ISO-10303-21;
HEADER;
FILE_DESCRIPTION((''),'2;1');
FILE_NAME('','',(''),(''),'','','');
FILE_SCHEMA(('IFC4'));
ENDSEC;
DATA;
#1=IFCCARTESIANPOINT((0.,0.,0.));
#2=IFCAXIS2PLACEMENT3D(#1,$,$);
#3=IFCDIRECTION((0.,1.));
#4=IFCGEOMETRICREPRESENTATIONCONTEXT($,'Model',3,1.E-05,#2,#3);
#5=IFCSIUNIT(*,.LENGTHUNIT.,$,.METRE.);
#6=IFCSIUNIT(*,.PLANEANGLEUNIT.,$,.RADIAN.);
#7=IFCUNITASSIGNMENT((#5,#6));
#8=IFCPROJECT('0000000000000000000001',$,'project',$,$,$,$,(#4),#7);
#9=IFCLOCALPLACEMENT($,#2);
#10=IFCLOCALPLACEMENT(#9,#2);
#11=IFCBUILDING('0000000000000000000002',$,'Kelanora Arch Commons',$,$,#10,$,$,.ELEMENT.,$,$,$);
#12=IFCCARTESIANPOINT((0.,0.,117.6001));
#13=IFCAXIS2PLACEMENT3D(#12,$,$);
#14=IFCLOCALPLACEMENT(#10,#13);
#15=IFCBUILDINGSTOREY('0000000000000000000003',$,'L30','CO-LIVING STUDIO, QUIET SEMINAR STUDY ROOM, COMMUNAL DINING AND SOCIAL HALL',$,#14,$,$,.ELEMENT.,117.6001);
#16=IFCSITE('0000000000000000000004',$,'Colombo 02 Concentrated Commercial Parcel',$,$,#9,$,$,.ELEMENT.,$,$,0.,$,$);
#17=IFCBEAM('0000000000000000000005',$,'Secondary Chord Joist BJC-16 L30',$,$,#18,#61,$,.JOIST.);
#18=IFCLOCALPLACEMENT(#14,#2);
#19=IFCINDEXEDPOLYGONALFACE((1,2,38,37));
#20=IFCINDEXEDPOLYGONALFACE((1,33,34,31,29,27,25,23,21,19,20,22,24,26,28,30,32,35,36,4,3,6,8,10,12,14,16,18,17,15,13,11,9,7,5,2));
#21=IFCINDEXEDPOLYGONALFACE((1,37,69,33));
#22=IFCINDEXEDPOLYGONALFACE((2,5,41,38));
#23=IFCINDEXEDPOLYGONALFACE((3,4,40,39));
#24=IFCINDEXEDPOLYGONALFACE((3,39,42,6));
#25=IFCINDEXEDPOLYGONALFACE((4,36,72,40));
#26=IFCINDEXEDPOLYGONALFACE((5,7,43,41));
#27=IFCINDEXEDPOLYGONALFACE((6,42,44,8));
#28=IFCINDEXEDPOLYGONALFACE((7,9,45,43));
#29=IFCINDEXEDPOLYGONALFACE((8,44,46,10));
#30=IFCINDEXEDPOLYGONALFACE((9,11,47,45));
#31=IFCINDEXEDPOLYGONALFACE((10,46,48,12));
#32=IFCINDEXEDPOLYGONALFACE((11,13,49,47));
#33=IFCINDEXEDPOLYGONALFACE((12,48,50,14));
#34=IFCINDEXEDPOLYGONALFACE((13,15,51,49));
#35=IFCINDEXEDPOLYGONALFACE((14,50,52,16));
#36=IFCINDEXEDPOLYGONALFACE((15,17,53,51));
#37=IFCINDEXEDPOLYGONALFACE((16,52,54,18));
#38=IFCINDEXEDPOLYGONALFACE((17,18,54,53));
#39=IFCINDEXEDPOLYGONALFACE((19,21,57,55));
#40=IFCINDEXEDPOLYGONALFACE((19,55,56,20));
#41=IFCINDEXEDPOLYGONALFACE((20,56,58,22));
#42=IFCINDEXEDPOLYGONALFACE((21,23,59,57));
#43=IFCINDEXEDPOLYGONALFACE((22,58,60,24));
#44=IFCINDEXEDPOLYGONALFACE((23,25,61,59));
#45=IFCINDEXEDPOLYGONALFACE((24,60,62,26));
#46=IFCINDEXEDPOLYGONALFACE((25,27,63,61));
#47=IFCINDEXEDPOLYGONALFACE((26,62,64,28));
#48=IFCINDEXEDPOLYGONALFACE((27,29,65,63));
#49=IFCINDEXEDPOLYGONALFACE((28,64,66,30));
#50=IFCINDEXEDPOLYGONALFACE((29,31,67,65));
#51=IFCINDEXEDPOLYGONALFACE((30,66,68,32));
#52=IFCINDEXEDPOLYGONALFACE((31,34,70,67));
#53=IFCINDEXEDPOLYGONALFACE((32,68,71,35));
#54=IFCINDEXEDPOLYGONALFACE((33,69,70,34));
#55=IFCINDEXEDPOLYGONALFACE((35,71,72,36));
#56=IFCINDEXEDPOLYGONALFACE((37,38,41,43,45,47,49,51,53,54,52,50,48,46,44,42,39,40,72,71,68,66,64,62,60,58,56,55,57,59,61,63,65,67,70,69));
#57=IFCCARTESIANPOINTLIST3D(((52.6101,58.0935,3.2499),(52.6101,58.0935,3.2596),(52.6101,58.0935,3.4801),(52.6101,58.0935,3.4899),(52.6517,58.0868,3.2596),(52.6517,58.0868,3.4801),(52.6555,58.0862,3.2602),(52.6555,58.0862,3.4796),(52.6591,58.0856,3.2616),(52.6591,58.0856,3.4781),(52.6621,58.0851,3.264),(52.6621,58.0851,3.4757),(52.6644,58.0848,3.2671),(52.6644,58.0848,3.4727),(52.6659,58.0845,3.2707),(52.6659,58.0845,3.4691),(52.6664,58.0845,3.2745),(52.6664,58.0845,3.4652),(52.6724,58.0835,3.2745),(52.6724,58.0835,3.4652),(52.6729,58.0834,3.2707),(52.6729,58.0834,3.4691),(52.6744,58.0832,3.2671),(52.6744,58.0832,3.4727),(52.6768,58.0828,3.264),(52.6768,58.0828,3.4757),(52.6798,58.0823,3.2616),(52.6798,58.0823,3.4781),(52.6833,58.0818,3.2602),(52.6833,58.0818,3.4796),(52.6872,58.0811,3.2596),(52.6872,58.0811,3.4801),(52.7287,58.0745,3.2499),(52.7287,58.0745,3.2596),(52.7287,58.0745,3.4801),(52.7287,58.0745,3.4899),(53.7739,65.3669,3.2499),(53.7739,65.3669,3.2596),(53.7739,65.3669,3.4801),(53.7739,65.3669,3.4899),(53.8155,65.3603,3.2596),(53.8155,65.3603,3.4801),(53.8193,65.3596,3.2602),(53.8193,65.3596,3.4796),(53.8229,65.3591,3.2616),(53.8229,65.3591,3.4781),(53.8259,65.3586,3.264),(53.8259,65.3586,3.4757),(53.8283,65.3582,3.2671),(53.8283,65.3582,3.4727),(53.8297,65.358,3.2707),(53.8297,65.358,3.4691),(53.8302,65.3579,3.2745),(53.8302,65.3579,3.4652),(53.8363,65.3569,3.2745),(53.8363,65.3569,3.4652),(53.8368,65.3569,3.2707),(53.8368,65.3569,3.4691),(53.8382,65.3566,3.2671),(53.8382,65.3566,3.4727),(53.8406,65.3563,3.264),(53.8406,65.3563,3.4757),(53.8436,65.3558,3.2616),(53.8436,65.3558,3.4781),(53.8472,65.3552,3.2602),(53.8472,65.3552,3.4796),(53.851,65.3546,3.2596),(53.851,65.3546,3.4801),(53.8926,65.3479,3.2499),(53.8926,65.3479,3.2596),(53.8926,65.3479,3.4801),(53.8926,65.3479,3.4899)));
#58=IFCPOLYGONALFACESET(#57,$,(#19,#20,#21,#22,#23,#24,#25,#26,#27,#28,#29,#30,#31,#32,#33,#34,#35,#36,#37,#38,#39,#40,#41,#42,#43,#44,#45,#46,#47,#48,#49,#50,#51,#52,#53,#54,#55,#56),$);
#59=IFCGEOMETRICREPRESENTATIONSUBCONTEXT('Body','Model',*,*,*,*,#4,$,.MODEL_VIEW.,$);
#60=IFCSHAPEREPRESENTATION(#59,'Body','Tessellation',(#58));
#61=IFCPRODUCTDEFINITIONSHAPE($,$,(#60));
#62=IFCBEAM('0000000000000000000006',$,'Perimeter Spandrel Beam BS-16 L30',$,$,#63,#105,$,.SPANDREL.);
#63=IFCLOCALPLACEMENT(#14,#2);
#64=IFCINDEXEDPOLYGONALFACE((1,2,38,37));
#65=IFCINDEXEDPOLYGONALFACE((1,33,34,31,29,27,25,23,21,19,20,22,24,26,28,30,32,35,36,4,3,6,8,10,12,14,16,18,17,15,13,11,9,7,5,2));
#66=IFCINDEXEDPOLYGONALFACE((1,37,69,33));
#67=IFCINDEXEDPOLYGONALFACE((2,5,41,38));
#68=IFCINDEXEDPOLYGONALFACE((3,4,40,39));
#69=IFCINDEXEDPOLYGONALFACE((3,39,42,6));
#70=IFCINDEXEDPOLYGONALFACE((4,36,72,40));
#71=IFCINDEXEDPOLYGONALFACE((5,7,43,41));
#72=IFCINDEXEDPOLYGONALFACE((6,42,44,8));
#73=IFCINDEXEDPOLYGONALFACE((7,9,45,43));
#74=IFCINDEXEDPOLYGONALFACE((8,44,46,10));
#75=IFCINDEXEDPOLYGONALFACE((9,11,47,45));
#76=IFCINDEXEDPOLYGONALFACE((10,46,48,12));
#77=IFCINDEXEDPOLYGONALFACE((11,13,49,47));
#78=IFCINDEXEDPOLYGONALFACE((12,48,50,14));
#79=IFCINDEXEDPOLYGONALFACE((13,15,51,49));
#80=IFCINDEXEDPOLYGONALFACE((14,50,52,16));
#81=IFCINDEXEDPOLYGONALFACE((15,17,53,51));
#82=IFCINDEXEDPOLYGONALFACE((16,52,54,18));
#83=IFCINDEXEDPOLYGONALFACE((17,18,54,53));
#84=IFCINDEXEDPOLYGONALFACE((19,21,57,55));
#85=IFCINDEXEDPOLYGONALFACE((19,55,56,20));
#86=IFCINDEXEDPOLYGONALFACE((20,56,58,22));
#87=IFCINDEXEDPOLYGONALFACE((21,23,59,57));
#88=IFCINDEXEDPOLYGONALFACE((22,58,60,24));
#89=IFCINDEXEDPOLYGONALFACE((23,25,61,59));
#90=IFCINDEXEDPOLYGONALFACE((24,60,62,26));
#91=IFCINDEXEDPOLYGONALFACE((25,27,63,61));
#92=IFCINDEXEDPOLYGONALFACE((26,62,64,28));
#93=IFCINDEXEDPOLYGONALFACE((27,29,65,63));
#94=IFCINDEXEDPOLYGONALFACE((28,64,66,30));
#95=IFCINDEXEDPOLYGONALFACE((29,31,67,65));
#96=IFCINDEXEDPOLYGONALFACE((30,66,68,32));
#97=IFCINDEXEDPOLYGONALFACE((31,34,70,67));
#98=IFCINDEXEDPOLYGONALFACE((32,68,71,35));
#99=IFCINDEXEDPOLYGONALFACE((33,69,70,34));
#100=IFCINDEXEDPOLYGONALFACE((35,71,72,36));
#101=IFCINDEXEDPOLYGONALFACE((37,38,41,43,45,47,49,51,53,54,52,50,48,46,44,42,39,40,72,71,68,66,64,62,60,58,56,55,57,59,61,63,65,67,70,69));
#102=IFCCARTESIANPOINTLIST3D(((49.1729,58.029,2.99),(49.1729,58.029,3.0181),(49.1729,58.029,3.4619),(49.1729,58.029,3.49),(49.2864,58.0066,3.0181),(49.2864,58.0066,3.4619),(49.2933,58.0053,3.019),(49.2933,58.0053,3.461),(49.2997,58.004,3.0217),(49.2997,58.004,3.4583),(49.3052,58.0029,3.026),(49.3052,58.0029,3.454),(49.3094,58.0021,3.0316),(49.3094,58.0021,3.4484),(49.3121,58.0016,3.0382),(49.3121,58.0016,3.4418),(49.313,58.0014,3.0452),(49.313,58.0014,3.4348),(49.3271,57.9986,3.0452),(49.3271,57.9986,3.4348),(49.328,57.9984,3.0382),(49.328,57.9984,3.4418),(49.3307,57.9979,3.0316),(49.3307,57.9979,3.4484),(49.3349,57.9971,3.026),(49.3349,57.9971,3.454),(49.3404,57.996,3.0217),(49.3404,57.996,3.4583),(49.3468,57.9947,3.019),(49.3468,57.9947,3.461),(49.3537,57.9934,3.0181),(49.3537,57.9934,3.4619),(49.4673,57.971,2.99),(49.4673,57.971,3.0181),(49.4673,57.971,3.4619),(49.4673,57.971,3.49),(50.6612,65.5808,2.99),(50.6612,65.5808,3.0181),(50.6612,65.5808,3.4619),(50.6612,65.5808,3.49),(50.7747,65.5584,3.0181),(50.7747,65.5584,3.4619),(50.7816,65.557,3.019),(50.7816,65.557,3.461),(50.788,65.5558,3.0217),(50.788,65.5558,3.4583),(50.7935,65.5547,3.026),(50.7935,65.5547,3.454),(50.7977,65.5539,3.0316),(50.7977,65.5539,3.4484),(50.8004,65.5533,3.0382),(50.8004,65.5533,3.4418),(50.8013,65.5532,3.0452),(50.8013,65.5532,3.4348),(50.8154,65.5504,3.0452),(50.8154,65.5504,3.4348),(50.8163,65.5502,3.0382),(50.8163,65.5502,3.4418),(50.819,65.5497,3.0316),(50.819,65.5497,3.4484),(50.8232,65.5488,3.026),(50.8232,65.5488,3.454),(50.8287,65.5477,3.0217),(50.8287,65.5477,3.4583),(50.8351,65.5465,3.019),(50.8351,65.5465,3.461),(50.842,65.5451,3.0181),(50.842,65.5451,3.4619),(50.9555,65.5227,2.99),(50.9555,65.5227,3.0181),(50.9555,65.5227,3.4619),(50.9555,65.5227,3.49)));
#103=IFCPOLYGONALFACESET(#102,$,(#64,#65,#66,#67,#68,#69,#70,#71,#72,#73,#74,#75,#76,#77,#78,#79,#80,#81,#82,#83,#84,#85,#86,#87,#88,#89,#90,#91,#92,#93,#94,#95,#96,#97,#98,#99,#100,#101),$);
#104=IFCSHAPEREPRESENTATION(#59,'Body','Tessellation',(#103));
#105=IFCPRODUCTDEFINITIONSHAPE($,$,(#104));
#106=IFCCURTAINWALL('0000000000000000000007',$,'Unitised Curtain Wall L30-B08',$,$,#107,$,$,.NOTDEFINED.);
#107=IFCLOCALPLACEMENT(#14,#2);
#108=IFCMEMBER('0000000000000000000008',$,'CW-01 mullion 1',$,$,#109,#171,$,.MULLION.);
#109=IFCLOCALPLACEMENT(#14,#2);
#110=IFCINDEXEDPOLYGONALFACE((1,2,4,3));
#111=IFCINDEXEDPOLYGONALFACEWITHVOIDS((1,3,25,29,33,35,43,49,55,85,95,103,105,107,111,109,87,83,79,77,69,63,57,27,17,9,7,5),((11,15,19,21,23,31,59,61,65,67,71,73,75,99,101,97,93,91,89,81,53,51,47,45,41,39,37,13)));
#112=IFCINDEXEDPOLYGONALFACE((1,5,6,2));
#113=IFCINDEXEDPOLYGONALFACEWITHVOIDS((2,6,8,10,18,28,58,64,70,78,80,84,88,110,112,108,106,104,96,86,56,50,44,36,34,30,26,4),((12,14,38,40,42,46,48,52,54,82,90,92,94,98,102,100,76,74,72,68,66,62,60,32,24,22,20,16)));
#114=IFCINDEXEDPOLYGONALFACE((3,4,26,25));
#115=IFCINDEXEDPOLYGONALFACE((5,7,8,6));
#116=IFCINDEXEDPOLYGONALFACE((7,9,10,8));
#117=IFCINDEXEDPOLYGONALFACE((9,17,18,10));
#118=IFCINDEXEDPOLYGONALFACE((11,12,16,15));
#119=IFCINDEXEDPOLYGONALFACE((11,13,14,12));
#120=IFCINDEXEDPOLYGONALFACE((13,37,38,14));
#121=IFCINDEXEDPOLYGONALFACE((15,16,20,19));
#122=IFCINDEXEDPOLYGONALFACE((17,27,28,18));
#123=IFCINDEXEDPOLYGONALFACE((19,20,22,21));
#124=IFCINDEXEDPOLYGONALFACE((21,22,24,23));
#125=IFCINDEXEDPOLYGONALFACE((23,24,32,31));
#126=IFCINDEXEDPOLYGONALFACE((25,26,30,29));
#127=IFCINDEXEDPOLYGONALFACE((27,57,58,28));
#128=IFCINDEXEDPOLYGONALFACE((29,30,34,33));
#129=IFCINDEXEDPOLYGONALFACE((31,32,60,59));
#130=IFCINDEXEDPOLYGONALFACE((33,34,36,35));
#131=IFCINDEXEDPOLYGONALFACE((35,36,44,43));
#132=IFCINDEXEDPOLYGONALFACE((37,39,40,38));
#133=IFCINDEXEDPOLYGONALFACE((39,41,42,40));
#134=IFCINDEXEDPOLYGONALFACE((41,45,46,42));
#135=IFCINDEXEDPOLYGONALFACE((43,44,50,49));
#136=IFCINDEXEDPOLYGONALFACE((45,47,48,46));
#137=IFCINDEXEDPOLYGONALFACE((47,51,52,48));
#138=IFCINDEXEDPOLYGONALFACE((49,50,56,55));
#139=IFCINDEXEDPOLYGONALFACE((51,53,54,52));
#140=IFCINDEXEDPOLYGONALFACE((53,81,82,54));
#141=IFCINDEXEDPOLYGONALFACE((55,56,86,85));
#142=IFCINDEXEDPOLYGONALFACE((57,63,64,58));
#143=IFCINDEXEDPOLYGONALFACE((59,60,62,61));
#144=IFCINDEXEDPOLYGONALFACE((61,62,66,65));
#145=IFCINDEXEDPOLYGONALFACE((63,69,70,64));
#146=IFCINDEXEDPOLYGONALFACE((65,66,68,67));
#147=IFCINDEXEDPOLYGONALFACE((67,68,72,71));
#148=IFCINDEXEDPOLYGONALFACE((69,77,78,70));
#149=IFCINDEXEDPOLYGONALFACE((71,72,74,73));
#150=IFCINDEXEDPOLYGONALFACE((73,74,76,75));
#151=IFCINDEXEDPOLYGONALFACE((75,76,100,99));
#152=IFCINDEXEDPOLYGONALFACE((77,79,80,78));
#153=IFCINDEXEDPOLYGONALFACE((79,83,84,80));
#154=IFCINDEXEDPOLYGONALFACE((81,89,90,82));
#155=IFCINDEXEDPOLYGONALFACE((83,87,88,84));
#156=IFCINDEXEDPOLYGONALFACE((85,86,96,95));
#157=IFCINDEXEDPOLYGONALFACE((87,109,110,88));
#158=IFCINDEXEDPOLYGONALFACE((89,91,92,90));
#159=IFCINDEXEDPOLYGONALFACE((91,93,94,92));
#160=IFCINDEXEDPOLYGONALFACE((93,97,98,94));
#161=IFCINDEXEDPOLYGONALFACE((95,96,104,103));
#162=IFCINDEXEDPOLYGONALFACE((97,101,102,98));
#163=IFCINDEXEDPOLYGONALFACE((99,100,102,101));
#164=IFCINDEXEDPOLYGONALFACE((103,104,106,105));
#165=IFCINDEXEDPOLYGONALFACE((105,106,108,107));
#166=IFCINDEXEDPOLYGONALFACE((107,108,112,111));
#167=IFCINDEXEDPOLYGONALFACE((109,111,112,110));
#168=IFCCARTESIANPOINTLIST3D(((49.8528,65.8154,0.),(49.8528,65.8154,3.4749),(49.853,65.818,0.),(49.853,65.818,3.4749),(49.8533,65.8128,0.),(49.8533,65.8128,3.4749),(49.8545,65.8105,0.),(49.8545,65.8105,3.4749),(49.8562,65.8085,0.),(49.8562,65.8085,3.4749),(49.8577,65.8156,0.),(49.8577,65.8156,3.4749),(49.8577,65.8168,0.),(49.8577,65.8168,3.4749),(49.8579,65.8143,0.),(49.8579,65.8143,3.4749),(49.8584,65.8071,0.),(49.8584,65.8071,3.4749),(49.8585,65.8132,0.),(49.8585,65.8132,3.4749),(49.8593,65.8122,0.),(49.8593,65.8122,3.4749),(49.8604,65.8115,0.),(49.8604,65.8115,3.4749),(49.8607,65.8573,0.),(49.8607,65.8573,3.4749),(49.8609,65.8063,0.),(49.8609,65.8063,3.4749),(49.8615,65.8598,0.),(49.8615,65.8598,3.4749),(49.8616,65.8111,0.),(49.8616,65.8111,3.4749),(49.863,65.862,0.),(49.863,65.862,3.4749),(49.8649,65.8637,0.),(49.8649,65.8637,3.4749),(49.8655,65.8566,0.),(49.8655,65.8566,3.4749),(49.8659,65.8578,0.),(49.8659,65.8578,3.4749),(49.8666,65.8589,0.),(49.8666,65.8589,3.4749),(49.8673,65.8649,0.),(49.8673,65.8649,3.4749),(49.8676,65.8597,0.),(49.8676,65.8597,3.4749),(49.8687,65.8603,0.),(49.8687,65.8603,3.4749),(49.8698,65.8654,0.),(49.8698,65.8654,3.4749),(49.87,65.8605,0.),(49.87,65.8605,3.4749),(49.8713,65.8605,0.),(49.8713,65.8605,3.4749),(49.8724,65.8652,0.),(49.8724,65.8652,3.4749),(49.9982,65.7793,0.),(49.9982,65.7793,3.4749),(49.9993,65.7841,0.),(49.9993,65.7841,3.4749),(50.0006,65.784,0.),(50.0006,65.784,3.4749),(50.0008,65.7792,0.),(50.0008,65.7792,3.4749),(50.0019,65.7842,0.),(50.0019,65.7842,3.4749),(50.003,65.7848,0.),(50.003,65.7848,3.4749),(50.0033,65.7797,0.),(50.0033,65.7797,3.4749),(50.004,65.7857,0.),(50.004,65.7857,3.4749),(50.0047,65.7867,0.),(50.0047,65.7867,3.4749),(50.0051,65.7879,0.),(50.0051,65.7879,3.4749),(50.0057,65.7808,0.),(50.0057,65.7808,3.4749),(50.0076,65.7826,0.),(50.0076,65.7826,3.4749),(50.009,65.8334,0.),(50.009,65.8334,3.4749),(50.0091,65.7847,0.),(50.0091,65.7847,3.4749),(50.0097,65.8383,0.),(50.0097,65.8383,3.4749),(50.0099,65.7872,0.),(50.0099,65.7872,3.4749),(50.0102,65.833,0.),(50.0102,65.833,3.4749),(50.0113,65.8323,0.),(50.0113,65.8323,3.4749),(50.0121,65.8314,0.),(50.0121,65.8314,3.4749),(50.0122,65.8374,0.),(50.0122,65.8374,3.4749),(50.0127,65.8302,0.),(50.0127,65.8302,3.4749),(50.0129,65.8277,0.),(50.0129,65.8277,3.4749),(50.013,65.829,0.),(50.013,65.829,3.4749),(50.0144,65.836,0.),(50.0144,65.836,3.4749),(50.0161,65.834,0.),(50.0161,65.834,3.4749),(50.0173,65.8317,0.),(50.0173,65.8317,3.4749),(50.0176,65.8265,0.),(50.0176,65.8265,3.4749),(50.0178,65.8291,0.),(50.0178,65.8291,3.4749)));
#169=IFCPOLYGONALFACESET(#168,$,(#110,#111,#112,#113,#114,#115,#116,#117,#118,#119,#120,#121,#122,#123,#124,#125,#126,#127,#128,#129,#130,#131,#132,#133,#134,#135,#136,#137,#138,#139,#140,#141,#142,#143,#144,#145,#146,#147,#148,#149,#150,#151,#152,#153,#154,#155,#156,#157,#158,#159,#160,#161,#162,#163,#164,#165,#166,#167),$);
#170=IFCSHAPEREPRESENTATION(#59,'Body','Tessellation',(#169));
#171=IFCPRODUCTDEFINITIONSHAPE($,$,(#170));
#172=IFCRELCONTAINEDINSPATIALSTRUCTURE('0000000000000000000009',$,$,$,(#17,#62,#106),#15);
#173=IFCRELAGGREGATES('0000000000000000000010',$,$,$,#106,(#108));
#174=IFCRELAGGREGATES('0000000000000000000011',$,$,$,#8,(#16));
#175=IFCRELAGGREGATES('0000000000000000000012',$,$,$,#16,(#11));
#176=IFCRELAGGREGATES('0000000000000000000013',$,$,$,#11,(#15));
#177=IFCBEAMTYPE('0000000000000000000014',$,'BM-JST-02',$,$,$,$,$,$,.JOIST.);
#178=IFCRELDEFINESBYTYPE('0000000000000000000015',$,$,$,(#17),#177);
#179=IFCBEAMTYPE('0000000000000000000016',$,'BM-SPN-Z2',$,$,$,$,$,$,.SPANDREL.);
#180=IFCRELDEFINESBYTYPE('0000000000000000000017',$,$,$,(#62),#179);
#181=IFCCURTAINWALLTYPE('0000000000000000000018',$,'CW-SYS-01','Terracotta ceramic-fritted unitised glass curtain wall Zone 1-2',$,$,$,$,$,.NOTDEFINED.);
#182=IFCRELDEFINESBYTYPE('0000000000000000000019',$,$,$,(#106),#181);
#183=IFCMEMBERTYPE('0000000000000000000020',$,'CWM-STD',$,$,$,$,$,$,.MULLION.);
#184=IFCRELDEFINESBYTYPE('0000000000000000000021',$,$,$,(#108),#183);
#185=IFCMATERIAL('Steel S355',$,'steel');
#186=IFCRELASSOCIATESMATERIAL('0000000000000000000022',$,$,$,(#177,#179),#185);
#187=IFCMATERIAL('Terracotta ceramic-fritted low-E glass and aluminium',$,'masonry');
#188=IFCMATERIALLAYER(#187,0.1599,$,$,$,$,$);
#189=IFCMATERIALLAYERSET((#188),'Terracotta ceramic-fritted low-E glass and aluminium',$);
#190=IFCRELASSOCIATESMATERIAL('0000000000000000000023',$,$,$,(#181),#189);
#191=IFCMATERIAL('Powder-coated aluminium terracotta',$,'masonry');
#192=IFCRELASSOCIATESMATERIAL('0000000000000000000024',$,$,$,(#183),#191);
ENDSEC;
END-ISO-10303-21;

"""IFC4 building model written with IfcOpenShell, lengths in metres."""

from ifc_helpers import new_model, si_unit, direction, frame, origin, origin_2d, place, context, subcontext, project, spatial, hollow_rectangle, i_section, extrude, material, layer, layer_set, material_profile, profile_set, type_object, element, aggregate, save


model = new_model("IFC4")

# Units and contexts
model_context = context("Model", 3, precision=1e-05, world=origin(), true_north=direction((0.0, 1.0)))
body_context = subcontext(model_context, "Body", "Model", "MODEL_VIEW")
ifc_project = project(units=[si_unit("LENGTHUNIT", "METRE"), si_unit("PLANEANGLEUNIT", "RADIAN")], contexts=[model_context])

# Site, building, storey
site_placement = place(None, origin())
site = spatial("IfcSite", under=ifc_project, at=site_placement, Name="Colombo 02 Concentrated Commercial Parcel", CompositionType="ELEMENT", RefElevation=0.0)
building_placement = place(site_placement, origin())
building = spatial("IfcBuilding", under=site, at=building_placement, Name="Kelanora Arch Commons", CompositionType="ELEMENT")
storey_placement = place(building_placement, frame((0.0, 0.0, 117.6001)))
storey = spatial("IfcBuildingStorey", under=building, at=storey_placement, Name="L30", Description="CO-LIVING STUDIO, QUIET SEMINAR STUDY ROOM, COMMUNAL DINING AND SOCIAL HALL", CompositionType="ELEMENT", Elevation=117.6001)

# Beams
ifc_material_1 = material(Name="Steel S355", Category="steel")
ifc_material_profile_1 = material_profile(ifc_material_1, i_section(OverallWidth=0.1201, OverallDepth=0.24, WebThickness=0.0061, FlangeThickness=0.0098, FilletRadius=0.0149, at=origin_2d()), Name="IPE240")
ifc_profile_set_1 = profile_set([ifc_material_profile_1], Name="Steel S355")
beam_type_1 = type_object("IfcBeamType", Name="BM-JST-02", PredefinedType="JOIST", material=ifc_profile_set_1)
beam_1_placement = place(storey_placement, frame((53.8333, 65.3574, 3.3699), z_axis=(-0.158, -0.987439, 0.0), x_axis=(0.987439, -0.158, 0.0)))
element("IfcBeam", 1, at=beam_1_placement, inside=storey, type_object=beam_type_1, Name="Secondary Chord Joist BJC-16 L30", PredefinedType="JOIST", context=body_context, shape_type="SweptSolid", body=[
    extrude(i_section(OverallWidth=0.1201, OverallDepth=0.24, WebThickness=0.0061, FlangeThickness=0.0098, FilletRadius=0.0149, at=origin_2d()), origin(), (0.0, 0.0, 1.0), 7.366),
])
ifc_material_profile_2 = material_profile(ifc_material_1, i_section(OverallWidth=0.3, OverallDepth=0.5, WebThickness=0.0144, FlangeThickness=0.0281, FilletRadius=0.0271, at=origin_2d()), Name="HEB500")
ifc_profile_set_2 = profile_set([ifc_material_profile_2], Name="Steel S355")
beam_type_2 = type_object("IfcBeamType", Name="BM-SPN-Z2", PredefinedType="SPANDREL", material=ifc_profile_set_2)
beam_2_placement = place(storey_placement, frame((50.8083, 65.5518, 3.24), z_axis=(-0.193358, -0.981128, 0.0), x_axis=(0.981128, -0.193358, 0.0)))
element("IfcBeam", 2, at=beam_2_placement, inside=storey, type_object=beam_type_2, Name="Perimeter Spandrel Beam BS-16 L30", PredefinedType="SPANDREL", context=body_context, shape_type="SweptSolid", body=[
    extrude(i_section(OverallWidth=0.3, OverallDepth=0.5, WebThickness=0.0144, FlangeThickness=0.0281, FilletRadius=0.0271, at=origin_2d()), origin(), (0.0, 0.0, 1.0), 7.697),
])

# Curtain wall, member
ifc_material_2 = material(Name="Terracotta ceramic-fritted low-E glass and aluminium", Category="masonry")
ifc_layer_1 = layer(ifc_material_2, 0.1599)
ifc_layer_set_1 = layer_set([ifc_layer_1], Name="Terracotta ceramic-fritted low-E glass and aluminium")
curtain_wall_type = type_object("IfcCurtainWallType", Name="CW-SYS-01", Description="Terracotta ceramic-fritted unitised glass curtain wall Zone 1-2", PredefinedType="NOTDEFINED", material=ifc_layer_set_1)
curtain_wall_placement = place(storey_placement, origin())
curtain_wall = element("IfcCurtainWall", 3, at=curtain_wall_placement, inside=storey, type_object=curtain_wall_type, Name="Unitised Curtain Wall L30-B08", PredefinedType="NOTDEFINED")
ifc_material_3 = material(Name="Powder-coated aluminium terracotta", Category="masonry")
ifc_material_profile_3 = material_profile(ifc_material_3, hollow_rectangle(XDim=0.1599, YDim=0.0601, WallThickness=0.0049, InnerFilletRadius=0.0049, OuterFilletRadius=0.01, at=origin_2d()), Name="CWM160x60")
ifc_profile_set_3 = profile_set([ifc_material_profile_3], Name="Powder-coated aluminium terracotta")
member_type_1 = type_object("IfcMemberType", Name="CWM-STD", PredefinedType="MULLION", material=ifc_profile_set_3)
member_1_placement = place(storey_placement, frame((49.9353, 65.8223, 0.0), z_axis=(0.0, 0.0, 1.0), x_axis=(0.98128, -0.192585, 0.0)))
member_1 = element("IfcMember", 4, at=member_1_placement, type_object=member_type_1, Name="CW-01 mullion 1", PredefinedType="MULLION", context=body_context, shape_type="SweptSolid", body=[
    extrude(hollow_rectangle(XDim=0.1599, YDim=0.0601, WallThickness=0.0049, InnerFilletRadius=0.0049, OuterFilletRadius=0.01, at=origin_2d()), origin(), (0.0, 0.0, 1.0), 3.4749),
])
aggregate(curtain_wall, [member_1])

save(model, "model.ifc")
